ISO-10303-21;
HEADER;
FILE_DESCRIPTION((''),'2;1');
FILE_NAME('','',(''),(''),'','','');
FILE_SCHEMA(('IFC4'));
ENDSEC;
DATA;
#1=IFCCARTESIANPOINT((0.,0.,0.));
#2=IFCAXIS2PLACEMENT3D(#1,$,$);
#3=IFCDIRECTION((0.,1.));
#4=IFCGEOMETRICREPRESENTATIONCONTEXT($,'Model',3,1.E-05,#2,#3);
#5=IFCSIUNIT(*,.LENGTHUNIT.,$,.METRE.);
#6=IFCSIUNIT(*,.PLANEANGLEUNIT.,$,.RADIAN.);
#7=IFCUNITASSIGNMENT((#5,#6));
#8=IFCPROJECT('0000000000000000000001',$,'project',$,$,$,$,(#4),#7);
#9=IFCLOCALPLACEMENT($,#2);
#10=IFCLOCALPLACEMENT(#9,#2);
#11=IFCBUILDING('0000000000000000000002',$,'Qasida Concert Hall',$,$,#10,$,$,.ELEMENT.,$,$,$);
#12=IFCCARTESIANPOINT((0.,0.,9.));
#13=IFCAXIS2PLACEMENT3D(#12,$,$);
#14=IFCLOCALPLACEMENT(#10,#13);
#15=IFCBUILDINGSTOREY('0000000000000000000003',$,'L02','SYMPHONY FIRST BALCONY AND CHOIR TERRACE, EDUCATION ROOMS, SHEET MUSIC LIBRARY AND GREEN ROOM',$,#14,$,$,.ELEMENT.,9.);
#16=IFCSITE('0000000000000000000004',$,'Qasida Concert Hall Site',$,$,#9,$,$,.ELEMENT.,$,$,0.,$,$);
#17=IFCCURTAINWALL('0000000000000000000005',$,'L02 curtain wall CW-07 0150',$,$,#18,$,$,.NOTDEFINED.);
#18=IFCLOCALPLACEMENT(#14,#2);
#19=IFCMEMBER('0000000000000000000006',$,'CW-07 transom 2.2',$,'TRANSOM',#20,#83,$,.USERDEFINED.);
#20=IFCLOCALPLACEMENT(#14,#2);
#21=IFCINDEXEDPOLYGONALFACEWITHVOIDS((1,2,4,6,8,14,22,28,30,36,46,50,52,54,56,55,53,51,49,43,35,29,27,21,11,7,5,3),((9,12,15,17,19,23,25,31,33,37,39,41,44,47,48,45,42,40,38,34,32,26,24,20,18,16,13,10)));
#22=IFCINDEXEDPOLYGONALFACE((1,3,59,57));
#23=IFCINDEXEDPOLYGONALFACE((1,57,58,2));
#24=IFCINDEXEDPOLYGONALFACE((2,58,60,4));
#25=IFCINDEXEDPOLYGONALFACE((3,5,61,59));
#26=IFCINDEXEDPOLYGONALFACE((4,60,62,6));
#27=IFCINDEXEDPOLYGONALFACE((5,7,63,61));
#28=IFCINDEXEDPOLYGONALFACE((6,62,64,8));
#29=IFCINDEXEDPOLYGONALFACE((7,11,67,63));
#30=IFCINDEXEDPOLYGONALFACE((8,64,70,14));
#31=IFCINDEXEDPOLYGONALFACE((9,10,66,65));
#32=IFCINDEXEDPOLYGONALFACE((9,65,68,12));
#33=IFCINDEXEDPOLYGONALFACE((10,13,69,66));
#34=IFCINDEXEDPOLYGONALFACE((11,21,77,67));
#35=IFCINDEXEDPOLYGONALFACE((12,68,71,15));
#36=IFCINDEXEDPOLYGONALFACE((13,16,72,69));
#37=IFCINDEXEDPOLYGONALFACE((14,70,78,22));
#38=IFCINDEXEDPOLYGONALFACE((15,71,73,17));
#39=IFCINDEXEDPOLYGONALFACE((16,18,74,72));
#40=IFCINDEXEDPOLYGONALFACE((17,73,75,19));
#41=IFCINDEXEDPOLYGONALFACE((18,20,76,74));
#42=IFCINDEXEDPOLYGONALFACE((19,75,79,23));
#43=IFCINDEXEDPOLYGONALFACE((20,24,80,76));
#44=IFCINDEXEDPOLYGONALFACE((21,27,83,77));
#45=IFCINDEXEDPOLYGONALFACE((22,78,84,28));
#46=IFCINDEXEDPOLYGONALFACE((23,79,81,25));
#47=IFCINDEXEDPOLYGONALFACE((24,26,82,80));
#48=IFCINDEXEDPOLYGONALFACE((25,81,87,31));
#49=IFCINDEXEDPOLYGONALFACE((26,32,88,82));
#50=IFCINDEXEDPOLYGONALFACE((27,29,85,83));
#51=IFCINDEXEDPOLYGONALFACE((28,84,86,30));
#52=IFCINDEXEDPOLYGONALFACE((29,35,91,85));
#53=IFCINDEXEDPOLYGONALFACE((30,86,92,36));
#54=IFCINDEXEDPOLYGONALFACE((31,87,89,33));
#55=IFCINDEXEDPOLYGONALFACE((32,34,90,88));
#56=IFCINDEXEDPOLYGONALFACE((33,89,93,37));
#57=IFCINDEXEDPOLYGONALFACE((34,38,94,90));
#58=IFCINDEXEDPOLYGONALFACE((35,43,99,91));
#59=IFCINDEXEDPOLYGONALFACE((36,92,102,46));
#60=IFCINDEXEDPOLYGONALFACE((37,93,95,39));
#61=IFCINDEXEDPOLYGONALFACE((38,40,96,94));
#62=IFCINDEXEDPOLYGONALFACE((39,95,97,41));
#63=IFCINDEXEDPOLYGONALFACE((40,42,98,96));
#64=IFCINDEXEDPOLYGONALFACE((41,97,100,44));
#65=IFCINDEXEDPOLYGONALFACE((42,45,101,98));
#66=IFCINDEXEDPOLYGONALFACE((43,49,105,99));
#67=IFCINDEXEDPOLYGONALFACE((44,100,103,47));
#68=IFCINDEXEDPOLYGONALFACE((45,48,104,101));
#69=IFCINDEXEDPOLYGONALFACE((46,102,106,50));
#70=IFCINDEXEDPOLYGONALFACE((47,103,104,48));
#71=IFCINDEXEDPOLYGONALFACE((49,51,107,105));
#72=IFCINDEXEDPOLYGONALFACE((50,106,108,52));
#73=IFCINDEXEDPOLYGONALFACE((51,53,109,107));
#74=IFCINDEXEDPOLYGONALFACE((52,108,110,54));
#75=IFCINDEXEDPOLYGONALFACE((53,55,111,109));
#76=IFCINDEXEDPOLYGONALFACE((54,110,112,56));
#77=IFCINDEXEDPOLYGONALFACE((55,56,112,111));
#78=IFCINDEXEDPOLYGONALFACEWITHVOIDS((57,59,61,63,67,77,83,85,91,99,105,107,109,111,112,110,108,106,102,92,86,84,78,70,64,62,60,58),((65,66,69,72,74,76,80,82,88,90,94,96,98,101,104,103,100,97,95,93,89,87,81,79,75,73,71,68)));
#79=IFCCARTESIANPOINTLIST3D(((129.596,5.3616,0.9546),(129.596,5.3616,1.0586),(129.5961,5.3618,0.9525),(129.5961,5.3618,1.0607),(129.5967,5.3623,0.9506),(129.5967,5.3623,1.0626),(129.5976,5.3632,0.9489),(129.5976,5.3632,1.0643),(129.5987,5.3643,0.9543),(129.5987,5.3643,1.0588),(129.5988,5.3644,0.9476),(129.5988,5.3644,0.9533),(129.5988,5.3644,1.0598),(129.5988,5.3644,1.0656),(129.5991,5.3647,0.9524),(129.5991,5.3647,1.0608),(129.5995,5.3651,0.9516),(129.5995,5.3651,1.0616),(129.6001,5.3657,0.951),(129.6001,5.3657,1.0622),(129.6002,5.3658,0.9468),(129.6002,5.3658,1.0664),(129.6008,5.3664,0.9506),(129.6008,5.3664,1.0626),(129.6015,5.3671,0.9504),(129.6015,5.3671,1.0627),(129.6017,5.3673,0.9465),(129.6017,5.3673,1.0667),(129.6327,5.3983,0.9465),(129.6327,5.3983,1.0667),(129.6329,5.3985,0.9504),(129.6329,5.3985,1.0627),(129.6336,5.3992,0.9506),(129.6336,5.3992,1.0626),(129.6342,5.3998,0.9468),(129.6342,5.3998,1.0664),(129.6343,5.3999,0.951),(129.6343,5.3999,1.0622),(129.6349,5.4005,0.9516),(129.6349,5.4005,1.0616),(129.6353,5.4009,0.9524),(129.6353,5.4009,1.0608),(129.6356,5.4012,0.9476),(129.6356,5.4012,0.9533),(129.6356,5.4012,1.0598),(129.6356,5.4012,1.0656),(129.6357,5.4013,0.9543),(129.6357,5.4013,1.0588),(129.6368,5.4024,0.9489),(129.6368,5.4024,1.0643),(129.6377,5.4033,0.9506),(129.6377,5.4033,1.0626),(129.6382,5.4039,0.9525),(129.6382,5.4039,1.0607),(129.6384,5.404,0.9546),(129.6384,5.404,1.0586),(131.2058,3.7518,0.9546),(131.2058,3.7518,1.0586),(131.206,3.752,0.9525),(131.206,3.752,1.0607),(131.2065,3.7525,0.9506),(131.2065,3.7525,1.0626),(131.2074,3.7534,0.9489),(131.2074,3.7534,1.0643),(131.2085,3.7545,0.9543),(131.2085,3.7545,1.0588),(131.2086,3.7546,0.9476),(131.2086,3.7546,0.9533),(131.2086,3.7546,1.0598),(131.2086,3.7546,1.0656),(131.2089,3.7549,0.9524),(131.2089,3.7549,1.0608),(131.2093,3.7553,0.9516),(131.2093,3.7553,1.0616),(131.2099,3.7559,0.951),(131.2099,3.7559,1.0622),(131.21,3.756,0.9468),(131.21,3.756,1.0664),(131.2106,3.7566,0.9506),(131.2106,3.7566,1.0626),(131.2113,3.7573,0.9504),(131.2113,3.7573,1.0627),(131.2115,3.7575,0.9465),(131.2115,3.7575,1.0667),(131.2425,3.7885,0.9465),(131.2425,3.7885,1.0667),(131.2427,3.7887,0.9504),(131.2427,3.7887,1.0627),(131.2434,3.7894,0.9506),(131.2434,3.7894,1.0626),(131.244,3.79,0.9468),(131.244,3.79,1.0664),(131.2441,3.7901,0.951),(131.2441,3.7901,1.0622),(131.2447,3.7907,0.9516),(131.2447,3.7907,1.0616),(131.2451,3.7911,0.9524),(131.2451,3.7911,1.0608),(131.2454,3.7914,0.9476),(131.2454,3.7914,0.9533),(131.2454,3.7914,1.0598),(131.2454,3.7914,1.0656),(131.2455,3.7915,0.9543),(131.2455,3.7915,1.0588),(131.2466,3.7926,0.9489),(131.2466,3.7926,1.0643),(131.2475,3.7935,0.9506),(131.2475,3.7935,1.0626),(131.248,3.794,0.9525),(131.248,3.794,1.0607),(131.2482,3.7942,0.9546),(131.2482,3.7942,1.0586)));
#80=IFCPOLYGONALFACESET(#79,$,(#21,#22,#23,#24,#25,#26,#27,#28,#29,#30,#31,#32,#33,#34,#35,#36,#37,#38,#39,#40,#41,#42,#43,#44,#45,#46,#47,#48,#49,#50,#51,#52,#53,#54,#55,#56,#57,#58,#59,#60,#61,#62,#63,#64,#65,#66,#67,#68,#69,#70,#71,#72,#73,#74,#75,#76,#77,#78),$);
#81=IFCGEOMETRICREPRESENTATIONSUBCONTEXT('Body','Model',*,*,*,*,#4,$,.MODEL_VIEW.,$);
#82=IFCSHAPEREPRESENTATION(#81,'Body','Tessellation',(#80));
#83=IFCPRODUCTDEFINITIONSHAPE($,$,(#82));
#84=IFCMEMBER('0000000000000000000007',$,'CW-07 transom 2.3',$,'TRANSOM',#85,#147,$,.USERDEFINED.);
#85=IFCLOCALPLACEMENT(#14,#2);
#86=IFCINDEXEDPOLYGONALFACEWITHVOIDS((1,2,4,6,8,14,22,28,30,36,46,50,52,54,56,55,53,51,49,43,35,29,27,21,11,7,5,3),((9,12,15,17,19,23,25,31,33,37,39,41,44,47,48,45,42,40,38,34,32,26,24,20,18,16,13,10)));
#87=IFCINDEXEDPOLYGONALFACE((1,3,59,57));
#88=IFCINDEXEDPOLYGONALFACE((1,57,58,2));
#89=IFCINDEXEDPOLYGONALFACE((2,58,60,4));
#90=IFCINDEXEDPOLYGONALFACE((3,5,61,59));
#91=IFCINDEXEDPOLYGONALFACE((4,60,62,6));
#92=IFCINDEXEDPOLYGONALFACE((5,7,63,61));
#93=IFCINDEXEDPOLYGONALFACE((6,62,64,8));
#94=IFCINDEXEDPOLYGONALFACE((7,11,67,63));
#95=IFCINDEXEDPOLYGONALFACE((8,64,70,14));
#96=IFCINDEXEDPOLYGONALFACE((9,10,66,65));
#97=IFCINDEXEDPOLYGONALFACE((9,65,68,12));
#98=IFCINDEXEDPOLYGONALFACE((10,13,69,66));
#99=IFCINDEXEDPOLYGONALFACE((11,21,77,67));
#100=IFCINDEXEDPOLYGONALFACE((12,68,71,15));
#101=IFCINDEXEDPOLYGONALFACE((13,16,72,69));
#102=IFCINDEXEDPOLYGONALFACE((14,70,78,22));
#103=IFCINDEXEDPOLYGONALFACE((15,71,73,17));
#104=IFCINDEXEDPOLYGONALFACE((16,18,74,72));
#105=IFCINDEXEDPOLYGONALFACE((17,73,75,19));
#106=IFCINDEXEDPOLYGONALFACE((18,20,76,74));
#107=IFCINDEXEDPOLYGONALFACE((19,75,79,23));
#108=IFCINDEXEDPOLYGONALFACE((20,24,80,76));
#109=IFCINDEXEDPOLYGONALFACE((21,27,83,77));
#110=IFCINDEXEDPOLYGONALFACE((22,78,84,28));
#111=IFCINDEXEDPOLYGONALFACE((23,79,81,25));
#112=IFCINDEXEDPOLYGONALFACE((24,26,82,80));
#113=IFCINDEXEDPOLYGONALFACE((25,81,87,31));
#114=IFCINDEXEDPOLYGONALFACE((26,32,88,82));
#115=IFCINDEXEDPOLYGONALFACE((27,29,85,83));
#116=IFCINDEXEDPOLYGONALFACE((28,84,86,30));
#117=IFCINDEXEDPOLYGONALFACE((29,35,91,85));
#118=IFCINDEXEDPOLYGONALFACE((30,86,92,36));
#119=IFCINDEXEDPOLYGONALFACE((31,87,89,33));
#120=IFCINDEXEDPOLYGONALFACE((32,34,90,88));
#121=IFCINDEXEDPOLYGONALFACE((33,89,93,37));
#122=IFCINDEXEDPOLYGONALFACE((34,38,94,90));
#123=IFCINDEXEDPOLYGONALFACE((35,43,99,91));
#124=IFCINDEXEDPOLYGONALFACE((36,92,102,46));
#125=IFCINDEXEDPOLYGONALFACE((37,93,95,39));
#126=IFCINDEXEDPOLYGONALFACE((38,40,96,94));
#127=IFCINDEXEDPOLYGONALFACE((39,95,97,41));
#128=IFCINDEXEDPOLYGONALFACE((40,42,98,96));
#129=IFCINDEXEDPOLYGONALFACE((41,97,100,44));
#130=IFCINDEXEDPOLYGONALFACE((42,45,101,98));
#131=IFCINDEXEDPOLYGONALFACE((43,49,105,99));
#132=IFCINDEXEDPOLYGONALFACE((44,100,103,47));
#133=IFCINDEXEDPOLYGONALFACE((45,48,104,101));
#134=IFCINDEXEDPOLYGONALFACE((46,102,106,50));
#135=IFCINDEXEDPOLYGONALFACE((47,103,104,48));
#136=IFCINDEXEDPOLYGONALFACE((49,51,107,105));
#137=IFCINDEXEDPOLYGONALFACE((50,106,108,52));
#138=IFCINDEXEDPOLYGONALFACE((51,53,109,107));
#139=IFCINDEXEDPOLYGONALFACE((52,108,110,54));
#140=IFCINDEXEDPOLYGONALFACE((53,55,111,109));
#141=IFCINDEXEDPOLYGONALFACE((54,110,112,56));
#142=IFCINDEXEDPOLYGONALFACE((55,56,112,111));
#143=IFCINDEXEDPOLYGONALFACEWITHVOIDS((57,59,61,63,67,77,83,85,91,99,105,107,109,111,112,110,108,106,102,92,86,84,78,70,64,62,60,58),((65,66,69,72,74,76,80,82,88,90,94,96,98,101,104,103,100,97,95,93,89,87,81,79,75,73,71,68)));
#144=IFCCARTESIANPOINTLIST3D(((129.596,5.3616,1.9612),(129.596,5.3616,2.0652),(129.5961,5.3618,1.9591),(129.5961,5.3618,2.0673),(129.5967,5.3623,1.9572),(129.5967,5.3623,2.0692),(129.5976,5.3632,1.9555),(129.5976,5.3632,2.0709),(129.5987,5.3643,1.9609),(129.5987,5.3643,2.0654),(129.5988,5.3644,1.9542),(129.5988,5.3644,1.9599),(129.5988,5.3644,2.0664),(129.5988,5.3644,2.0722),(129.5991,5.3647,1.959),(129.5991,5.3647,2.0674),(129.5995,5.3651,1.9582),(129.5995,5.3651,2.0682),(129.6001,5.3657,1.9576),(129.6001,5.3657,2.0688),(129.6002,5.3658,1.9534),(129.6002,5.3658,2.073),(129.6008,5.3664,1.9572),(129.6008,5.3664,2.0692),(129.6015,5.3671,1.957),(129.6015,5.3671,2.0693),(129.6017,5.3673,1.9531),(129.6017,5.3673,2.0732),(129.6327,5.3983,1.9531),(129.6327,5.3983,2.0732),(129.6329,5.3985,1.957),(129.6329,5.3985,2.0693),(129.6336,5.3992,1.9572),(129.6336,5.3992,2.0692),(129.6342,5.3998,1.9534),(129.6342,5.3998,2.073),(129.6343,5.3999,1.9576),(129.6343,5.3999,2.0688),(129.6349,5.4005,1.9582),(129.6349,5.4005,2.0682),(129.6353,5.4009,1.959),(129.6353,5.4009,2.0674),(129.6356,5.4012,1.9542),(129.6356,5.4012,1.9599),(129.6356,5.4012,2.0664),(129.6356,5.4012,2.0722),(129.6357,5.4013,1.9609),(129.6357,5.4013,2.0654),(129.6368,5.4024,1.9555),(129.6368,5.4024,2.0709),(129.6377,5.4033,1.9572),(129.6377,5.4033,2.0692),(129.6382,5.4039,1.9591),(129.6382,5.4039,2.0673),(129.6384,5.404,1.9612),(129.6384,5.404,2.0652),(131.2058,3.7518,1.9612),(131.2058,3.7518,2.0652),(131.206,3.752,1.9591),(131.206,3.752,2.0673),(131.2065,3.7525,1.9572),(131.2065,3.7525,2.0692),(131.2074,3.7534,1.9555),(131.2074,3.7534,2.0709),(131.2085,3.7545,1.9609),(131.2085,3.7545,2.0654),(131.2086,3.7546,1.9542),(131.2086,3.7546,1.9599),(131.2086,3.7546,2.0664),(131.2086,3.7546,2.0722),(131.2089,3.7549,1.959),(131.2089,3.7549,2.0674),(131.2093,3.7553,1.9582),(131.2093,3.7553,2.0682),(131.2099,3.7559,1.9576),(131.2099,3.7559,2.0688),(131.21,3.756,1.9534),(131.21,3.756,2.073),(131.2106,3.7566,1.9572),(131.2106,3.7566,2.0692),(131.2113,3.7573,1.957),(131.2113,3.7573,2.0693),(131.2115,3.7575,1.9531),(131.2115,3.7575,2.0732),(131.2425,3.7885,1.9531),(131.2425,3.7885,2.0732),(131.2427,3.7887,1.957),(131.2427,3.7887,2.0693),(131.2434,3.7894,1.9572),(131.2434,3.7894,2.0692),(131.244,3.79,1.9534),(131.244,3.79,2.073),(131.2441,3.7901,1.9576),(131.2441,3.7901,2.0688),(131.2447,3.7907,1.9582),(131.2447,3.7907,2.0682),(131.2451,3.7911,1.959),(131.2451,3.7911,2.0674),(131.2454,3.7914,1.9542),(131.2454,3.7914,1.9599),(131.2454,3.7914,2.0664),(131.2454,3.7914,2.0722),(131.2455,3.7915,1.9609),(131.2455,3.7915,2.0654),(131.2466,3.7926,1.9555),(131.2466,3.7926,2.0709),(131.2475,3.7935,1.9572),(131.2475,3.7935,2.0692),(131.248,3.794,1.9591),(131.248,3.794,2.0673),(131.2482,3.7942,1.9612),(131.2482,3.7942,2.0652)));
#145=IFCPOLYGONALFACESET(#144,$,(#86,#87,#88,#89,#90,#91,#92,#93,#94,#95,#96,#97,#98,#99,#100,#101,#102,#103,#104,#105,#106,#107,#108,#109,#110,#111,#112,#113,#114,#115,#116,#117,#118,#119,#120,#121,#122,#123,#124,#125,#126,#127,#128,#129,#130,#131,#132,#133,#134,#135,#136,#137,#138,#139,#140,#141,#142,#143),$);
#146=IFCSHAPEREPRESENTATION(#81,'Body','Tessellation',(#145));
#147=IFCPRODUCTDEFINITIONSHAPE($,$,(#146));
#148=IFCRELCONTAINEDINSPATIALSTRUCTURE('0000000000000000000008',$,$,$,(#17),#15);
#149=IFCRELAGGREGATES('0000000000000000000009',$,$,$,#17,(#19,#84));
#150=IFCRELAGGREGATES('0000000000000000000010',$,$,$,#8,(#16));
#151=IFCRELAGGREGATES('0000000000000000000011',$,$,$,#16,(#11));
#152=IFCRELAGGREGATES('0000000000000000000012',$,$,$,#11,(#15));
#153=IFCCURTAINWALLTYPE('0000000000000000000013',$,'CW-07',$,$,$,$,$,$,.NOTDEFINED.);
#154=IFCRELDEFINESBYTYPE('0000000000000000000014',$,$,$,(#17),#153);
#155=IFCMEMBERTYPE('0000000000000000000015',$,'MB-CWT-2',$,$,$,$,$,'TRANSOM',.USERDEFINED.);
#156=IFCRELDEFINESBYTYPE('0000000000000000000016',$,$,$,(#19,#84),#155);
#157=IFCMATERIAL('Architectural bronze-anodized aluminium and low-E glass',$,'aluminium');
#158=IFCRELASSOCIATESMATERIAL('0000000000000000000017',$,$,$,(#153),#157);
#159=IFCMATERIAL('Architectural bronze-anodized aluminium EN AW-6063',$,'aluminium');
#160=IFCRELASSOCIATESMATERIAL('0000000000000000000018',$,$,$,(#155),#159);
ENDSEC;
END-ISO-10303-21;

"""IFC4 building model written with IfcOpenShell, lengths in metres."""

from ifc_helpers import new_model, si_unit, direction, frame, origin, origin_2d, place, context, subcontext, project, spatial, hollow_rectangle, extrude, material, material_profile, profile_set, type_object, element, aggregate, save


model = new_model("IFC4")

# Units and contexts
model_context = context("Model", 3, precision=1e-05, world=origin(), true_north=direction((0.0, 1.0)))
body_context = subcontext(model_context, "Body", "Model", "MODEL_VIEW")
ifc_project = project(units=[si_unit("LENGTHUNIT", "METRE"), si_unit("PLANEANGLEUNIT", "RADIAN")], contexts=[model_context])

# Site, building, storey
site_placement = place(None, origin())
site = spatial("IfcSite", under=ifc_project, at=site_placement, Name="Qasida Concert Hall Site", CompositionType="ELEMENT", RefElevation=0.0)
building_placement = place(site_placement, origin())
building = spatial("IfcBuilding", under=site, at=building_placement, Name="Qasida Concert Hall", CompositionType="ELEMENT")
storey_placement = place(building_placement, frame((0.0, 0.0, 9.0)))
storey = spatial("IfcBuildingStorey", under=building, at=storey_placement, Name="L02", Description="SYMPHONY FIRST BALCONY AND CHOIR TERRACE, EDUCATION ROOMS, SHEET MUSIC LIBRARY AND GREEN ROOM", CompositionType="ELEMENT", Elevation=9.0)

# Shared definitions
ifc_material_1 = material(Name="Architectural bronze-anodized aluminium and low-E glass", Category="aluminium")
curtain_wall_type = type_object("IfcCurtainWallType", Name="CW-07", PredefinedType="NOTDEFINED", material=ifc_material_1)
ifc_material_2 = material(Name="Architectural bronze-anodized aluminium EN AW-6063", Category="aluminium")

# Curtain wall
curtain_wall_1_placement = place(storey_placement, origin())
curtain_wall_1 = element("IfcCurtainWall", 1, at=curtain_wall_1_placement, inside=storey, type_object=curtain_wall_type, Name="L02 curtain wall CW-07 0150", PredefinedType="NOTDEFINED")

# Members
ifc_material_profile_1 = material_profile(ifc_material_2, hollow_rectangle(XDim=0.0601, YDim=0.1201, WallThickness=0.0039, InnerFilletRadius=0.0039, OuterFilletRadius=0.0081, at=origin_2d()), Name="CWT 120x60x4")
ifc_profile_set_1 = profile_set([ifc_material_profile_1], Name="Architectural bronze-anodized aluminium EN AW-6063")
member_type_1 = type_object("IfcMemberType", Name="MB-CWT-2", ElementType="TRANSOM", PredefinedType="USERDEFINED", material=ifc_profile_set_1)
member_1_placement = place(storey_placement, frame((129.6172, 5.3828, 1.0066), z_axis=(0.707107, -0.707107, 0.0), x_axis=(0.707107, 0.707107, 0.0)))
member_1 = element("IfcMember", 2, at=member_1_placement, type_object=member_type_1, Name="CW-07 transom 2.2", ObjectType="TRANSOM", PredefinedType="USERDEFINED", context=body_context, shape_type="SweptSolid", body=[
    extrude(hollow_rectangle(XDim=0.0601, YDim=0.1201, WallThickness=0.0039, InnerFilletRadius=0.0039, OuterFilletRadius=0.0081, at=origin_2d()), origin(), (0.0, 0.0, 1.0), 2.2766),
])
member_2_placement = place(storey_placement, frame((129.6172, 5.3828, 2.0132), z_axis=(0.707107, -0.707107, 0.0), x_axis=(0.707107, 0.707107, 0.0)))
member_2 = element("IfcMember", 3, at=member_2_placement, type_object=member_type_1, Name="CW-07 transom 2.3", ObjectType="TRANSOM", PredefinedType="USERDEFINED", context=body_context, shape_type="SweptSolid", body=[
    extrude(hollow_rectangle(XDim=0.0601, YDim=0.1201, WallThickness=0.0039, InnerFilletRadius=0.0039, OuterFilletRadius=0.0081, at=origin_2d()), origin(), (0.0, 0.0, 1.0), 2.2766),
])

aggregate(curtain_wall_1, [member_1, member_2])

save(model, "model.ifc")
